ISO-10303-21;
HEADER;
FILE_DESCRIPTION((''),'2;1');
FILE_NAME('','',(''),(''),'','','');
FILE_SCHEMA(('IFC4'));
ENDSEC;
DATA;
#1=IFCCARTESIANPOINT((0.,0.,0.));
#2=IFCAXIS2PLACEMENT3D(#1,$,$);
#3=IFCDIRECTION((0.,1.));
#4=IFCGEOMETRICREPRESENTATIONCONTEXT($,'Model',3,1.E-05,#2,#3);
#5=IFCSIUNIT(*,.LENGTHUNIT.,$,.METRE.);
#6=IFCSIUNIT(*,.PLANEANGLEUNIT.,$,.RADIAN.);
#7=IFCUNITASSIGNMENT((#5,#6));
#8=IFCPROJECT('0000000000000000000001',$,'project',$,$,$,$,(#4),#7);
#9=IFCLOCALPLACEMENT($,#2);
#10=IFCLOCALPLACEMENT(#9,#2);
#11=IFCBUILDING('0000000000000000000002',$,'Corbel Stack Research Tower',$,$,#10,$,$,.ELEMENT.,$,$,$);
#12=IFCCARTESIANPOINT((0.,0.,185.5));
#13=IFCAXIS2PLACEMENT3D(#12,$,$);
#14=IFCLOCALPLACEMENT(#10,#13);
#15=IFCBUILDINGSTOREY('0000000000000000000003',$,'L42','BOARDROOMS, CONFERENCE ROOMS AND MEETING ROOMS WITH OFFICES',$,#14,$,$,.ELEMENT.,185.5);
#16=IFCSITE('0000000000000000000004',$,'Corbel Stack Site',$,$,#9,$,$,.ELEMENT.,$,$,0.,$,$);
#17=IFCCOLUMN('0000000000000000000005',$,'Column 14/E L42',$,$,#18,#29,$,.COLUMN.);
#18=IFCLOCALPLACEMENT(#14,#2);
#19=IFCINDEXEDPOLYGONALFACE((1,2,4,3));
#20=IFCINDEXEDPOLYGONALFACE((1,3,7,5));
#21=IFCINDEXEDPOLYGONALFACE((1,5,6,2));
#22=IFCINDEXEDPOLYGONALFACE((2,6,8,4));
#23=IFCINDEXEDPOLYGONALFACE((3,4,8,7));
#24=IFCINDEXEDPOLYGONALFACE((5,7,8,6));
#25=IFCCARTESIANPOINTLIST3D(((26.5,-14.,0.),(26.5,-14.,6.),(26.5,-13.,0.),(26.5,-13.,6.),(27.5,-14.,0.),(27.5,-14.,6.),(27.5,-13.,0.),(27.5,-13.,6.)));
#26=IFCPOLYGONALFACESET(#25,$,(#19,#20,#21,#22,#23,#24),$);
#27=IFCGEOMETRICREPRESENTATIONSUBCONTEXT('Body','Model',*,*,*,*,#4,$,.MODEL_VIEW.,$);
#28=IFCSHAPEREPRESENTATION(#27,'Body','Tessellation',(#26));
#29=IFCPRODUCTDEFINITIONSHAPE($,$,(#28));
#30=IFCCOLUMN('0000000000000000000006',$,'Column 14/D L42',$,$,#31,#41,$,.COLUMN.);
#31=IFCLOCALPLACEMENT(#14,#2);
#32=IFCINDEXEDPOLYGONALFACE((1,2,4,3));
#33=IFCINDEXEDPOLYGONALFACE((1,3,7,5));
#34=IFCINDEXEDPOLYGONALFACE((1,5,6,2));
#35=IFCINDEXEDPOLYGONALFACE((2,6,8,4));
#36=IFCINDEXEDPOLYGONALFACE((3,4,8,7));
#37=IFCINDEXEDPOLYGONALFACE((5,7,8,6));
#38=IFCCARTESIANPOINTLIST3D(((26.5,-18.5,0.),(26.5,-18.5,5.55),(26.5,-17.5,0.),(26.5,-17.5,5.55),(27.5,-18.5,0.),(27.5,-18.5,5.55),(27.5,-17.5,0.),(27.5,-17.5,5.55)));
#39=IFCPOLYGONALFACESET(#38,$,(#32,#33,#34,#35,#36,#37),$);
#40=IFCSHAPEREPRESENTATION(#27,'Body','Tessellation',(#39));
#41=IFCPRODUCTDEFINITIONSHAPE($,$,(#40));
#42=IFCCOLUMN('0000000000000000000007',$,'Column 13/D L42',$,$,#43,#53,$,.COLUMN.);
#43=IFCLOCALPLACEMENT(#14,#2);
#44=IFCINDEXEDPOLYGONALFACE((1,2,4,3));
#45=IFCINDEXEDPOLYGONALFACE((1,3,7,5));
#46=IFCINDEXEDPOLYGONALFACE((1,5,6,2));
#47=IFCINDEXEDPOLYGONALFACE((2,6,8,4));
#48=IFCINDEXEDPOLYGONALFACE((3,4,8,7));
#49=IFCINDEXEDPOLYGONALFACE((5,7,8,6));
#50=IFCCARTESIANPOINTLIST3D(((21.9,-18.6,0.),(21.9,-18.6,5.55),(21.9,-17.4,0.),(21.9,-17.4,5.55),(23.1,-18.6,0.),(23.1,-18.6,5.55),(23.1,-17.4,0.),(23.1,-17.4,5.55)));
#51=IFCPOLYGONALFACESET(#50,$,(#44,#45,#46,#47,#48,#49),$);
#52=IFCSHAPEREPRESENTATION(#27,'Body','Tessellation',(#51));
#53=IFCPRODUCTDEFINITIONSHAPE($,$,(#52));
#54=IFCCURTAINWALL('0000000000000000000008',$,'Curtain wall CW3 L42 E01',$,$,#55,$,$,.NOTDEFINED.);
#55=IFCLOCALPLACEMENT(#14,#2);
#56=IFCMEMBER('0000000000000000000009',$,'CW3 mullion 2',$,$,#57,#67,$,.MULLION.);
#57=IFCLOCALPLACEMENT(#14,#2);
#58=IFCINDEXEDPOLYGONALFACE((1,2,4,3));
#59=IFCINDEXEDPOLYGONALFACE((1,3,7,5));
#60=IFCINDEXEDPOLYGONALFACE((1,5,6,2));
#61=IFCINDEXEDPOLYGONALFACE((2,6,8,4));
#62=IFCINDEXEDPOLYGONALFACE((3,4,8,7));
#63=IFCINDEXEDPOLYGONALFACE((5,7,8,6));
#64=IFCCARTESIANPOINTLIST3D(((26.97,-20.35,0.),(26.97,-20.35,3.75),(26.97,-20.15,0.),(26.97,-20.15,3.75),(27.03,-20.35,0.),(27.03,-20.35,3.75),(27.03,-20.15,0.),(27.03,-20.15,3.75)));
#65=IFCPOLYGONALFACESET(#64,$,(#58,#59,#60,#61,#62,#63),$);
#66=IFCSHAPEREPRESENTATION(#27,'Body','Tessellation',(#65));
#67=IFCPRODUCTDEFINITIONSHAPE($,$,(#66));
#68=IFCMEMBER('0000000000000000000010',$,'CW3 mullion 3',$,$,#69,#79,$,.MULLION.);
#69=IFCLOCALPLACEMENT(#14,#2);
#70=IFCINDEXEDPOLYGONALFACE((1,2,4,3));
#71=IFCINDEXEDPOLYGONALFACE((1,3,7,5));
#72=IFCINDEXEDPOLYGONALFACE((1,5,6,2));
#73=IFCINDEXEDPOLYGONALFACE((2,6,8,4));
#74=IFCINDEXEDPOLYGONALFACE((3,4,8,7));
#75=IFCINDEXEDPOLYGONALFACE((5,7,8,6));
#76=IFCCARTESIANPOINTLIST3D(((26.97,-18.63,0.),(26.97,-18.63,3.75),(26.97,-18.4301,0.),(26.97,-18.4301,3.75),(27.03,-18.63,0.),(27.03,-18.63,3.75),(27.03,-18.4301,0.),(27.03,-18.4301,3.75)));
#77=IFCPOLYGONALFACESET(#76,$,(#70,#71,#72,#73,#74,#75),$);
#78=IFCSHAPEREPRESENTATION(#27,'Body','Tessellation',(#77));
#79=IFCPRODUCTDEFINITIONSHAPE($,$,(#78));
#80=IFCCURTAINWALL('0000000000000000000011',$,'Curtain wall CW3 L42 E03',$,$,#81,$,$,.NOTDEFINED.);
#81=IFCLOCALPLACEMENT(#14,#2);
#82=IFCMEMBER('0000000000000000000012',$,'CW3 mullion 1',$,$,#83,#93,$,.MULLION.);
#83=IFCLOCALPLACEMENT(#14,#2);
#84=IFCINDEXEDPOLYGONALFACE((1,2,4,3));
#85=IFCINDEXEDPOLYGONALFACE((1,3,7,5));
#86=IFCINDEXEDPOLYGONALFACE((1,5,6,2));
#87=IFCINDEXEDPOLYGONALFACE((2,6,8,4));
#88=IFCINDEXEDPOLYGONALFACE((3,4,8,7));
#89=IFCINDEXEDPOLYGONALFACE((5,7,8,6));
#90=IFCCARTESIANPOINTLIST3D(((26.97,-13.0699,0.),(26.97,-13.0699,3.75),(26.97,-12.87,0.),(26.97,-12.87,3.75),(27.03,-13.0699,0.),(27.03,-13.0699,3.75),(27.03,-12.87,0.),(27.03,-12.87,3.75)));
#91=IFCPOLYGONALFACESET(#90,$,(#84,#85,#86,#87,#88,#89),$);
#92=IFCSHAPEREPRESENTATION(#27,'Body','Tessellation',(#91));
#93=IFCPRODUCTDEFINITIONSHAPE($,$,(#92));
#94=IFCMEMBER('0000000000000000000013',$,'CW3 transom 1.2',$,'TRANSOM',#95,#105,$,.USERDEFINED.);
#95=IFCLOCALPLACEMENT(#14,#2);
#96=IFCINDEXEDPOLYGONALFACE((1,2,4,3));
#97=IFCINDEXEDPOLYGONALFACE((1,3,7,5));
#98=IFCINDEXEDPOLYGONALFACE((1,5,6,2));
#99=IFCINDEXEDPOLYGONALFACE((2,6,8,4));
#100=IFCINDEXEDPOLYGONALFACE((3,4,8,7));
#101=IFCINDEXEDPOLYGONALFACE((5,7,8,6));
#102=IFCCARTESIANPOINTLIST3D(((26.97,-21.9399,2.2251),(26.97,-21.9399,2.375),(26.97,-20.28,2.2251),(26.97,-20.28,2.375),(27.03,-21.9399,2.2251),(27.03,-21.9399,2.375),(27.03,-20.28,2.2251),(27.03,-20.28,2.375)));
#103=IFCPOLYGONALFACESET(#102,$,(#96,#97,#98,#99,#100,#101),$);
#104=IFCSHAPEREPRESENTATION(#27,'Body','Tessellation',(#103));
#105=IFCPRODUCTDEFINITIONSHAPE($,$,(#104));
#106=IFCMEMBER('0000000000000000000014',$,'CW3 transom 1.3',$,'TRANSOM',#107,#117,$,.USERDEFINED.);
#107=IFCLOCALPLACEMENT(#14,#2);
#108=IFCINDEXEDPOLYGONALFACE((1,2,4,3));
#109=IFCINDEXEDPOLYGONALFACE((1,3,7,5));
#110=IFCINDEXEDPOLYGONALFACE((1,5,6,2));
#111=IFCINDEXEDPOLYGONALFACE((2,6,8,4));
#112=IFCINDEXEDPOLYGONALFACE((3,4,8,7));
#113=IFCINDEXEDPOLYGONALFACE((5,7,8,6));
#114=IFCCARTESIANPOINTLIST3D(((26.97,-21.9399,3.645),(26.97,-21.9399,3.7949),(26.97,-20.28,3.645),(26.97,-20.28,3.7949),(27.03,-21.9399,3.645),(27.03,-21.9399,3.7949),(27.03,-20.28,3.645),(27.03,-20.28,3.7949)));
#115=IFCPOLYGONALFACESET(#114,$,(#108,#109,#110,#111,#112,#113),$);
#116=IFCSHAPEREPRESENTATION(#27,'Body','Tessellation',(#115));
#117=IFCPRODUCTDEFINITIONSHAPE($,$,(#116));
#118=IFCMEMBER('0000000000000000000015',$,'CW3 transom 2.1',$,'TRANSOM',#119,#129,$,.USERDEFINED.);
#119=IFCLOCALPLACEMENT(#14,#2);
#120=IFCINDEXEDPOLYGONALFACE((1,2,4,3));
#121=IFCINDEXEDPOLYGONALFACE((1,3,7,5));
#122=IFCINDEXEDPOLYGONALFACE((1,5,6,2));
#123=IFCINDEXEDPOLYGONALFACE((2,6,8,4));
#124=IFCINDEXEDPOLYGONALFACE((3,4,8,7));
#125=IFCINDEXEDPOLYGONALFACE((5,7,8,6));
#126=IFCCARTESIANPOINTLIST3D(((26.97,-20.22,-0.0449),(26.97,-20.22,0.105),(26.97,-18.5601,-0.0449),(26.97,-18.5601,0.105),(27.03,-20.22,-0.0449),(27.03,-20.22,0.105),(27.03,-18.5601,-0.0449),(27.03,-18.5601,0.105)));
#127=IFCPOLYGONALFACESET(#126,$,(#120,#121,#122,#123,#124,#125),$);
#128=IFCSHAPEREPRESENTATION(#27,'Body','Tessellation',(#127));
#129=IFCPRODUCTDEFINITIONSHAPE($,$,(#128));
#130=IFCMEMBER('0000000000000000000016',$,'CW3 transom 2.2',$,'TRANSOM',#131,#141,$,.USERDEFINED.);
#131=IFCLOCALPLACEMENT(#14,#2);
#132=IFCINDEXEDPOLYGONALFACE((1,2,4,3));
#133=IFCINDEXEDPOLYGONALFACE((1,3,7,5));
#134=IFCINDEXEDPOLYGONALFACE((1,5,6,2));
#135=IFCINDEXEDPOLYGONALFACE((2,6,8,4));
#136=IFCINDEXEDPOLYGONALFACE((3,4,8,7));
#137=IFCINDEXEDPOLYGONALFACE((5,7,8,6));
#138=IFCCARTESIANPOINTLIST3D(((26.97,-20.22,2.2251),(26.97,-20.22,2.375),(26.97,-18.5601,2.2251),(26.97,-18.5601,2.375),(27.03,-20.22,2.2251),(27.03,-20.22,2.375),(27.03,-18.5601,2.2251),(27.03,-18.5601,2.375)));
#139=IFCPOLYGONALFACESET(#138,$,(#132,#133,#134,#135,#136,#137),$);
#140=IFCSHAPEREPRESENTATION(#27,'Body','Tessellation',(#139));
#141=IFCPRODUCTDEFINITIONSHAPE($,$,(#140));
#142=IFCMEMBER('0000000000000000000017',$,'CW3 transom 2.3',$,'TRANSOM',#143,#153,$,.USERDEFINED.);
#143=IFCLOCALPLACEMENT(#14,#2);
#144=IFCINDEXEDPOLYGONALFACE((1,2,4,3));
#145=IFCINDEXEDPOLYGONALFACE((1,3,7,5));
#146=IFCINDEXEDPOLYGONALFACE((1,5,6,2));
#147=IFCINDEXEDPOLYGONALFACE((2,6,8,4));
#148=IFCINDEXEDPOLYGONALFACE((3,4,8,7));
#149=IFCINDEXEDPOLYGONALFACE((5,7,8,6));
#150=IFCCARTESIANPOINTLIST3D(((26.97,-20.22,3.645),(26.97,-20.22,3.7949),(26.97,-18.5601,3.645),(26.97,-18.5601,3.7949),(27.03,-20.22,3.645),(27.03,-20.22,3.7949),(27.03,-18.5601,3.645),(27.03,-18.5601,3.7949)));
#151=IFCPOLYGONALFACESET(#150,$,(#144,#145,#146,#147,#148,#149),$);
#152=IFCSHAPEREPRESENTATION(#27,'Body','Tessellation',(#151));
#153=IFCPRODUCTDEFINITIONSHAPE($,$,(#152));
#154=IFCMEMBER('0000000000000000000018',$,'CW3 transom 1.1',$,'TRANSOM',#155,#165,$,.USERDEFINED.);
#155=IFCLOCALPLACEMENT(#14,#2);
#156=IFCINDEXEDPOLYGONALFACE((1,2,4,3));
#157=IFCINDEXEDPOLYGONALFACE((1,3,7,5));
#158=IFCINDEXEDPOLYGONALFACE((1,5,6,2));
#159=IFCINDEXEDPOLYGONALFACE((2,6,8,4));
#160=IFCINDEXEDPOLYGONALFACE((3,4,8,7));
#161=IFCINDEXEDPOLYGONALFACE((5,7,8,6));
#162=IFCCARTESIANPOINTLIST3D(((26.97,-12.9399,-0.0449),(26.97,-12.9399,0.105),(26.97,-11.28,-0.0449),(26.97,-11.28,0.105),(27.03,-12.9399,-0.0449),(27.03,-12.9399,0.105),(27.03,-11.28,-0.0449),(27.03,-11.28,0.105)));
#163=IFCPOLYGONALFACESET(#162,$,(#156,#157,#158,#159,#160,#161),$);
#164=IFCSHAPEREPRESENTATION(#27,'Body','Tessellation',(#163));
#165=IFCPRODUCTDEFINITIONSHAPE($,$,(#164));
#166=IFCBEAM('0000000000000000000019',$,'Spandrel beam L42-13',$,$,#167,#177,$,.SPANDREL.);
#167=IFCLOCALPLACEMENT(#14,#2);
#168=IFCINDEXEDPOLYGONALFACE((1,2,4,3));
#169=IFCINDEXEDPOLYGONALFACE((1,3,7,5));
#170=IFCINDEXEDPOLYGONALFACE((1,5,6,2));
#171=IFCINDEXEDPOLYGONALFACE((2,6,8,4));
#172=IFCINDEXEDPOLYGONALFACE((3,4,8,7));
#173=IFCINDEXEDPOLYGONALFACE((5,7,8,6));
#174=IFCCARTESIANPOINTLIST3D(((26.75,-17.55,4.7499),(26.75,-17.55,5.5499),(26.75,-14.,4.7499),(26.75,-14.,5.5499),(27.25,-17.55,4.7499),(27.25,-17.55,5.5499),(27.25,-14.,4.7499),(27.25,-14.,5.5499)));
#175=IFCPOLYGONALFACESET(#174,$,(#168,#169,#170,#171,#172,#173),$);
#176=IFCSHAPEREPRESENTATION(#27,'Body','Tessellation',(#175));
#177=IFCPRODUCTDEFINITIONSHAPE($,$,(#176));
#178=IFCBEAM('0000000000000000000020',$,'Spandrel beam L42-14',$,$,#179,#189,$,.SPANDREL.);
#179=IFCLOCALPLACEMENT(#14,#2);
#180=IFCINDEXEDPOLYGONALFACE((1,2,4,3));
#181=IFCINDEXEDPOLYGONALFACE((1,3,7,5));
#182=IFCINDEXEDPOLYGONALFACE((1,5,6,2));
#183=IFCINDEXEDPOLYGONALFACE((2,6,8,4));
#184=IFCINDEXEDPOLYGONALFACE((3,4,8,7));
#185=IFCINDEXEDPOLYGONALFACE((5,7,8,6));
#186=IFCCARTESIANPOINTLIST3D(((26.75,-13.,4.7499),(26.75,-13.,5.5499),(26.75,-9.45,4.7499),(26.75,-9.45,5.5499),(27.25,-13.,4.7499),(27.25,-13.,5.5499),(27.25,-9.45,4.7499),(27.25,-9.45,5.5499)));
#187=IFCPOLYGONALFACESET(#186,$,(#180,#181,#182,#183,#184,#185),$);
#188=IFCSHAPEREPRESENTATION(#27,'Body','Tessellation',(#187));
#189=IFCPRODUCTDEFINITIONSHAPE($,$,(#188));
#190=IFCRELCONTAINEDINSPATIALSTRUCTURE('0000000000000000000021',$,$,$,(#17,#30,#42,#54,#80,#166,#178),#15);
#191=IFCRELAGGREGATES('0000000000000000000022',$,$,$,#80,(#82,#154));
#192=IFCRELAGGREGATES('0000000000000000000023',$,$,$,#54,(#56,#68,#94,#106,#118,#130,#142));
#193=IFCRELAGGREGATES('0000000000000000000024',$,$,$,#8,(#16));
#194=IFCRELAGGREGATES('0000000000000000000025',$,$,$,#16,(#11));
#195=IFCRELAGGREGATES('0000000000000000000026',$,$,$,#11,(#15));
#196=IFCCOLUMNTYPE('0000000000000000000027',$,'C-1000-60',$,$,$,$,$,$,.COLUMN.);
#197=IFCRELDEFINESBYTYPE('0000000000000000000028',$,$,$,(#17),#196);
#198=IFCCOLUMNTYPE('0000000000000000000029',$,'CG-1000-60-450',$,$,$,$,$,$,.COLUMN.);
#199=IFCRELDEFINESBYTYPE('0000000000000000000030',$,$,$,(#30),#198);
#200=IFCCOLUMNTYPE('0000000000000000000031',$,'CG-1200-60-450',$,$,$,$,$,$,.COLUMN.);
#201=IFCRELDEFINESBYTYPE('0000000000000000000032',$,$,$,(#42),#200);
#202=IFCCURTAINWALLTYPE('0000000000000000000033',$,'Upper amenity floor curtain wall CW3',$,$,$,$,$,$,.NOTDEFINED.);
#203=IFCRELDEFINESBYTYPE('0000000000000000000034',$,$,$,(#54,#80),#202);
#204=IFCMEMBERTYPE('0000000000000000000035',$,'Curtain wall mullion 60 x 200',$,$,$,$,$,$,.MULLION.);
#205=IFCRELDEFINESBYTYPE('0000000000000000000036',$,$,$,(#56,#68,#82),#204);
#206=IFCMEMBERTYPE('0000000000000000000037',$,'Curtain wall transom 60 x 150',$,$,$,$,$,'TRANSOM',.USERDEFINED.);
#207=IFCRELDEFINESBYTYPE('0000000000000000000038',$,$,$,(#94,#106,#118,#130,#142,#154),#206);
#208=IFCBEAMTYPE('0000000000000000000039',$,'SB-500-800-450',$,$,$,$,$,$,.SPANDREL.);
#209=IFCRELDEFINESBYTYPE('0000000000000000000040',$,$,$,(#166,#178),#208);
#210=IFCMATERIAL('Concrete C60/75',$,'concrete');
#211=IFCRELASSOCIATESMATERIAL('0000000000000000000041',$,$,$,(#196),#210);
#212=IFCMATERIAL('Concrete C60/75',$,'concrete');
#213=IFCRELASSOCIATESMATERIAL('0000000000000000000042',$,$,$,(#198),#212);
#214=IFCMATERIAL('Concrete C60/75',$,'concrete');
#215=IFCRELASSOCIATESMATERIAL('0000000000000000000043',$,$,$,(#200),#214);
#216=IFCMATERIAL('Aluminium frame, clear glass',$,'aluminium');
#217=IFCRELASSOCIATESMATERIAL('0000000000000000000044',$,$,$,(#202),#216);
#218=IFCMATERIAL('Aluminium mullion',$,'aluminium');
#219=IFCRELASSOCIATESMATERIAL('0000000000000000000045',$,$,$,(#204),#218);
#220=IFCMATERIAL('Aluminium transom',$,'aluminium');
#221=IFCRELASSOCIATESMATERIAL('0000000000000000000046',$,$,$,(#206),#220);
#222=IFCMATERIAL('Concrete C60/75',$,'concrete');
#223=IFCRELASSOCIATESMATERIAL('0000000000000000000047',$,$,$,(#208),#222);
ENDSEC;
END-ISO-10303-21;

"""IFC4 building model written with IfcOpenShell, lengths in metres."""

from ifc_helpers import new_model, si_unit, direction, frame, origin, origin_2d, place, context, subcontext, project, spatial, rectangle, extrude, material, material_profile, profile_set, type_object, element, aggregate, save


model = new_model("IFC4")

# Units and contexts
model_context = context("Model", 3, precision=1e-05, world=origin(), true_north=direction((0.0, 1.0)))
body_context = subcontext(model_context, "Body", "Model", "MODEL_VIEW")
ifc_project = project(units=[si_unit("LENGTHUNIT", "METRE"), si_unit("PLANEANGLEUNIT", "RADIAN")], contexts=[model_context])

# Site, building, storey
site_placement = place(None, origin())
site = spatial("IfcSite", under=ifc_project, at=site_placement, Name="Corbel Stack Site", CompositionType="ELEMENT", RefElevation=0.0)
building_placement = place(site_placement, origin())
building = spatial("IfcBuilding", under=site, at=building_placement, Name="Corbel Stack Research Tower", CompositionType="ELEMENT")
storey_placement = place(building_placement, frame((0.0, 0.0, 185.5)))
storey = spatial("IfcBuildingStorey", under=building, at=storey_placement, Name="L42", Description="BOARDROOMS, CONFERENCE ROOMS AND MEETING ROOMS WITH OFFICES", CompositionType="ELEMENT", Elevation=185.5)

# Columns
ifc_material_1 = material(Name="Concrete C60/75", Category="concrete")
ifc_material_profile_1 = material_profile(ifc_material_1, rectangle(XDim=1.0, YDim=1.0, at=origin_2d()), Name="RC 1000 x 1000")
ifc_profile_set_1 = profile_set([ifc_material_profile_1], Name="Concrete C60/75")
column_type_1 = type_object("IfcColumnType", Name="C-1000-60", PredefinedType="COLUMN", material=ifc_profile_set_1)
column_1_placement = place(storey_placement, frame((27.0, -13.5, 0.0), z_axis=(0.0, 0.0, 1.0), x_axis=(1.0, 0.0, 0.0)))
element("IfcColumn", 1, at=column_1_placement, inside=storey, type_object=column_type_1, Name="Column 14/E L42", PredefinedType="COLUMN", context=body_context, shape_type="SweptSolid", body=[
    extrude(rectangle(XDim=1.0, YDim=1.0, at=origin_2d()), origin(), (0.0, 0.0, 1.0), 6.0),
])
ifc_material_2 = material(Name="Concrete C60/75", Category="concrete")
ifc_material_profile_2 = material_profile(ifc_material_2, rectangle(XDim=1.0, YDim=1.0, at=origin_2d()), Name="RC 1000 x 1000")
ifc_profile_set_2 = profile_set([ifc_material_profile_2], Name="Concrete C60/75")
column_type_2 = type_object("IfcColumnType", Name="CG-1000-60-450", PredefinedType="COLUMN", material=ifc_profile_set_2)
column_2_placement = place(storey_placement, frame((27.0, -18.0, 0.0), z_axis=(0.0, 0.0, 1.0), x_axis=(1.0, 0.0, 0.0)))
element("IfcColumn", 2, at=column_2_placement, inside=storey, type_object=column_type_2, Name="Column 14/D L42", PredefinedType="COLUMN", context=body_context, shape_type="SweptSolid", body=[
    extrude(rectangle(XDim=1.0, YDim=1.0, at=origin_2d()), origin(), (0.0, 0.0, 1.0), 5.55),
])
ifc_material_3 = material(Name="Concrete C60/75", Category="concrete")
ifc_material_profile_3 = material_profile(ifc_material_3, rectangle(XDim=1.2, YDim=1.2, at=origin_2d()), Name="RC 1200 x 1200")
ifc_profile_set_3 = profile_set([ifc_material_profile_3], Name="Concrete C60/75")
column_type_3 = type_object("IfcColumnType", Name="CG-1200-60-450", PredefinedType="COLUMN", material=ifc_profile_set_3)
column_3_placement = place(storey_placement, frame((22.5, -18.0, 0.0), z_axis=(0.0, 0.0, 1.0), x_axis=(1.0, 0.0, 0.0)))
element("IfcColumn", 3, at=column_3_placement, inside=storey, type_object=column_type_3, Name="Column 13/D L42", PredefinedType="COLUMN", context=body_context, shape_type="SweptSolid", body=[
    extrude(rectangle(XDim=1.2, YDim=1.2, at=origin_2d()), origin(), (0.0, 0.0, 1.0), 5.55),
])

# Curtain wall, members
ifc_material_4 = material(Name="Aluminium frame, clear glass", Category="aluminium")
curtain_wall_type = type_object("IfcCurtainWallType", Name="Upper amenity floor curtain wall CW3", PredefinedType="NOTDEFINED", material=ifc_material_4)
curtain_wall_1_placement = place(storey_placement, origin())
curtain_wall_1 = element("IfcCurtainWall", 4, at=curtain_wall_1_placement, inside=storey, type_object=curtain_wall_type, Name="Curtain wall CW3 L42 E01", PredefinedType="NOTDEFINED")
ifc_material_5 = material(Name="Aluminium mullion", Category="aluminium")
ifc_material_profile_4 = material_profile(ifc_material_5, rectangle(XDim=0.0601, YDim=0.2, at=origin_2d()), Name="Mullion 60 x 200")
ifc_profile_set_4 = profile_set([ifc_material_profile_4], Name="Aluminium mullion")
member_type_1 = type_object("IfcMemberType", Name="Curtain wall mullion 60 x 200", PredefinedType="MULLION", material=ifc_profile_set_4)
member_1_placement = place(storey_placement, frame((27.0, -20.25, 0.0), z_axis=(0.0, 0.0, 1.0), x_axis=(-1.0, 0.0, 0.0)))
member_1 = element("IfcMember", 5, at=member_1_placement, type_object=member_type_1, Name="CW3 mullion 2", PredefinedType="MULLION", context=body_context, shape_type="SweptSolid", body=[
    extrude(rectangle(XDim=0.0601, YDim=0.2, at=origin_2d()), origin(), (0.0, 0.0, 1.0), 3.75),
])
member_2_placement = place(storey_placement, frame((27.0, -18.53, 0.0), z_axis=(0.0, 0.0, 1.0), x_axis=(-1.0, 0.0, 0.0)))
member_2 = element("IfcMember", 6, at=member_2_placement, type_object=member_type_1, Name="CW3 mullion 3", PredefinedType="MULLION", context=body_context, shape_type="SweptSolid", body=[
    extrude(rectangle(XDim=0.0601, YDim=0.2, at=origin_2d()), origin(), (0.0, 0.0, 1.0), 3.75),
])

# Curtain wall, member
curtain_wall_2_placement = place(storey_placement, origin())
curtain_wall_2 = element("IfcCurtainWall", 7, at=curtain_wall_2_placement, inside=storey, type_object=curtain_wall_type, Name="Curtain wall CW3 L42 E03", PredefinedType="NOTDEFINED")
member_3_placement = place(storey_placement, frame((27.0, -12.97, 0.0), z_axis=(0.0, 0.0, 1.0), x_axis=(-1.0, 0.0, 0.0)))
member_3 = element("IfcMember", 8, at=member_3_placement, type_object=member_type_1, Name="CW3 mullion 1", PredefinedType="MULLION", context=body_context, shape_type="SweptSolid", body=[
    extrude(rectangle(XDim=0.0601, YDim=0.2, at=origin_2d()), origin(), (0.0, 0.0, 1.0), 3.75),
])

# Members
ifc_material_6 = material(Name="Aluminium transom", Category="aluminium")
ifc_material_profile_5 = material_profile(ifc_material_6, rectangle(XDim=0.0601, YDim=0.1499, at=origin_2d()), Name="Transom 60 x 150")
ifc_profile_set_5 = profile_set([ifc_material_profile_5], Name="Aluminium transom")
member_type_2 = type_object("IfcMemberType", Name="Curtain wall transom 60 x 150", ElementType="TRANSOM", PredefinedType="USERDEFINED", material=ifc_profile_set_5)
member_4_placement = place(storey_placement, frame((27.0, -21.9399, 2.3), z_axis=(0.0, 1.0, 0.0), x_axis=(-1.0, 0.0, 0.0)))
member_4 = element("IfcMember", 9, at=member_4_placement, type_object=member_type_2, Name="CW3 transom 1.2", ObjectType="TRANSOM", PredefinedType="USERDEFINED", context=body_context, shape_type="SweptSolid", body=[
    extrude(rectangle(XDim=0.0601, YDim=0.1499, at=origin_2d()), origin(), (0.0, 0.0, 1.0), 1.6599),
])
member_5_placement = place(storey_placement, frame((27.0, -21.9399, 3.72), z_axis=(0.0, 1.0, 0.0), x_axis=(-1.0, 0.0, 0.0)))
member_5 = element("IfcMember", 10, at=member_5_placement, type_object=member_type_2, Name="CW3 transom 1.3", ObjectType="TRANSOM", PredefinedType="USERDEFINED", context=body_context, shape_type="SweptSolid", body=[
    extrude(rectangle(XDim=0.0601, YDim=0.1499, at=origin_2d()), origin(), (0.0, 0.0, 1.0), 1.6599),
])
member_6_placement = place(storey_placement, frame((27.0, -20.22, 0.03), z_axis=(0.0, 1.0, 0.0), x_axis=(-1.0, 0.0, 0.0)))
member_6 = element("IfcMember", 11, at=member_6_placement, type_object=member_type_2, Name="CW3 transom 2.1", ObjectType="TRANSOM", PredefinedType="USERDEFINED", context=body_context, shape_type="SweptSolid", body=[
    extrude(rectangle(XDim=0.0601, YDim=0.1499, at=origin_2d()), origin(), (0.0, 0.0, 1.0), 1.6599),
])
member_7_placement = place(storey_placement, frame((27.0, -20.22, 2.3), z_axis=(0.0, 1.0, 0.0), x_axis=(-1.0, 0.0, 0.0)))
member_7 = element("IfcMember", 12, at=member_7_placement, type_object=member_type_2, Name="CW3 transom 2.2", ObjectType="TRANSOM", PredefinedType="USERDEFINED", context=body_context, shape_type="SweptSolid", body=[
    extrude(rectangle(XDim=0.0601, YDim=0.1499, at=origin_2d()), origin(), (0.0, 0.0, 1.0), 1.6599),
])
member_8_placement = place(storey_placement, frame((27.0, -20.22, 3.72), z_axis=(0.0, 1.0, 0.0), x_axis=(-1.0, 0.0, 0.0)))
member_8 = element("IfcMember", 13, at=member_8_placement, type_object=member_type_2, Name="CW3 transom 2.3", ObjectType="TRANSOM", PredefinedType="USERDEFINED", context=body_context, shape_type="SweptSolid", body=[
    extrude(rectangle(XDim=0.0601, YDim=0.1499, at=origin_2d()), origin(), (0.0, 0.0, 1.0), 1.6599),
])
member_9_placement = place(storey_placement, frame((27.0, -12.9399, 0.03), z_axis=(0.0, 1.0, 0.0), x_axis=(-1.0, 0.0, 0.0)))
member_9 = element("IfcMember", 14, at=member_9_placement, type_object=member_type_2, Name="CW3 transom 1.1", ObjectType="TRANSOM", PredefinedType="USERDEFINED", context=body_context, shape_type="SweptSolid", body=[
    extrude(rectangle(XDim=0.0601, YDim=0.1499, at=origin_2d()), origin(), (0.0, 0.0, 1.0), 1.6599),
])
aggregate(curtain_wall_2, [member_3, member_9])

# Beams
ifc_material_7 = material(Name="Concrete C60/75", Category="concrete")
ifc_material_profile_6 = material_profile(ifc_material_7, rectangle(XDim=0.5, YDim=0.8, at=origin_2d()), Name="RC 500 x 800")
ifc_profile_set_6 = profile_set([ifc_material_profile_6], Name="Concrete C60/75")
beam_type_1 = type_object("IfcBeamType", Name="SB-500-800-450", PredefinedType="SPANDREL", material=ifc_profile_set_6)
for number, where, z_axis, x_axis, name in (
    (15, (27.0, -17.55, 5.1499), (0.0, 1.0, 0.0), (-1.0, 0.0, 0.0), "Spandrel beam L42-13"),
    (16, (27.0, -13.0, 5.1499), (0.0, 1.0, 0.0), (-1.0, 0.0, 0.0), "Spandrel beam L42-14"),
):
    element("IfcBeam", number, at=place(storey_placement, frame(where, z_axis=z_axis, x_axis=x_axis)), inside=storey, type_object=beam_type_1, Name=name, PredefinedType="SPANDREL", context=body_context, shape_type="SweptSolid", body=[
        extrude(rectangle(XDim=0.5, YDim=0.8, at=origin_2d()), origin(), (0.0, 0.0, 1.0), 3.55),
    ])

aggregate(curtain_wall_1, [member_1, member_2, member_4, member_5, member_6, member_7, member_8])

save(model, "model.ifc")
